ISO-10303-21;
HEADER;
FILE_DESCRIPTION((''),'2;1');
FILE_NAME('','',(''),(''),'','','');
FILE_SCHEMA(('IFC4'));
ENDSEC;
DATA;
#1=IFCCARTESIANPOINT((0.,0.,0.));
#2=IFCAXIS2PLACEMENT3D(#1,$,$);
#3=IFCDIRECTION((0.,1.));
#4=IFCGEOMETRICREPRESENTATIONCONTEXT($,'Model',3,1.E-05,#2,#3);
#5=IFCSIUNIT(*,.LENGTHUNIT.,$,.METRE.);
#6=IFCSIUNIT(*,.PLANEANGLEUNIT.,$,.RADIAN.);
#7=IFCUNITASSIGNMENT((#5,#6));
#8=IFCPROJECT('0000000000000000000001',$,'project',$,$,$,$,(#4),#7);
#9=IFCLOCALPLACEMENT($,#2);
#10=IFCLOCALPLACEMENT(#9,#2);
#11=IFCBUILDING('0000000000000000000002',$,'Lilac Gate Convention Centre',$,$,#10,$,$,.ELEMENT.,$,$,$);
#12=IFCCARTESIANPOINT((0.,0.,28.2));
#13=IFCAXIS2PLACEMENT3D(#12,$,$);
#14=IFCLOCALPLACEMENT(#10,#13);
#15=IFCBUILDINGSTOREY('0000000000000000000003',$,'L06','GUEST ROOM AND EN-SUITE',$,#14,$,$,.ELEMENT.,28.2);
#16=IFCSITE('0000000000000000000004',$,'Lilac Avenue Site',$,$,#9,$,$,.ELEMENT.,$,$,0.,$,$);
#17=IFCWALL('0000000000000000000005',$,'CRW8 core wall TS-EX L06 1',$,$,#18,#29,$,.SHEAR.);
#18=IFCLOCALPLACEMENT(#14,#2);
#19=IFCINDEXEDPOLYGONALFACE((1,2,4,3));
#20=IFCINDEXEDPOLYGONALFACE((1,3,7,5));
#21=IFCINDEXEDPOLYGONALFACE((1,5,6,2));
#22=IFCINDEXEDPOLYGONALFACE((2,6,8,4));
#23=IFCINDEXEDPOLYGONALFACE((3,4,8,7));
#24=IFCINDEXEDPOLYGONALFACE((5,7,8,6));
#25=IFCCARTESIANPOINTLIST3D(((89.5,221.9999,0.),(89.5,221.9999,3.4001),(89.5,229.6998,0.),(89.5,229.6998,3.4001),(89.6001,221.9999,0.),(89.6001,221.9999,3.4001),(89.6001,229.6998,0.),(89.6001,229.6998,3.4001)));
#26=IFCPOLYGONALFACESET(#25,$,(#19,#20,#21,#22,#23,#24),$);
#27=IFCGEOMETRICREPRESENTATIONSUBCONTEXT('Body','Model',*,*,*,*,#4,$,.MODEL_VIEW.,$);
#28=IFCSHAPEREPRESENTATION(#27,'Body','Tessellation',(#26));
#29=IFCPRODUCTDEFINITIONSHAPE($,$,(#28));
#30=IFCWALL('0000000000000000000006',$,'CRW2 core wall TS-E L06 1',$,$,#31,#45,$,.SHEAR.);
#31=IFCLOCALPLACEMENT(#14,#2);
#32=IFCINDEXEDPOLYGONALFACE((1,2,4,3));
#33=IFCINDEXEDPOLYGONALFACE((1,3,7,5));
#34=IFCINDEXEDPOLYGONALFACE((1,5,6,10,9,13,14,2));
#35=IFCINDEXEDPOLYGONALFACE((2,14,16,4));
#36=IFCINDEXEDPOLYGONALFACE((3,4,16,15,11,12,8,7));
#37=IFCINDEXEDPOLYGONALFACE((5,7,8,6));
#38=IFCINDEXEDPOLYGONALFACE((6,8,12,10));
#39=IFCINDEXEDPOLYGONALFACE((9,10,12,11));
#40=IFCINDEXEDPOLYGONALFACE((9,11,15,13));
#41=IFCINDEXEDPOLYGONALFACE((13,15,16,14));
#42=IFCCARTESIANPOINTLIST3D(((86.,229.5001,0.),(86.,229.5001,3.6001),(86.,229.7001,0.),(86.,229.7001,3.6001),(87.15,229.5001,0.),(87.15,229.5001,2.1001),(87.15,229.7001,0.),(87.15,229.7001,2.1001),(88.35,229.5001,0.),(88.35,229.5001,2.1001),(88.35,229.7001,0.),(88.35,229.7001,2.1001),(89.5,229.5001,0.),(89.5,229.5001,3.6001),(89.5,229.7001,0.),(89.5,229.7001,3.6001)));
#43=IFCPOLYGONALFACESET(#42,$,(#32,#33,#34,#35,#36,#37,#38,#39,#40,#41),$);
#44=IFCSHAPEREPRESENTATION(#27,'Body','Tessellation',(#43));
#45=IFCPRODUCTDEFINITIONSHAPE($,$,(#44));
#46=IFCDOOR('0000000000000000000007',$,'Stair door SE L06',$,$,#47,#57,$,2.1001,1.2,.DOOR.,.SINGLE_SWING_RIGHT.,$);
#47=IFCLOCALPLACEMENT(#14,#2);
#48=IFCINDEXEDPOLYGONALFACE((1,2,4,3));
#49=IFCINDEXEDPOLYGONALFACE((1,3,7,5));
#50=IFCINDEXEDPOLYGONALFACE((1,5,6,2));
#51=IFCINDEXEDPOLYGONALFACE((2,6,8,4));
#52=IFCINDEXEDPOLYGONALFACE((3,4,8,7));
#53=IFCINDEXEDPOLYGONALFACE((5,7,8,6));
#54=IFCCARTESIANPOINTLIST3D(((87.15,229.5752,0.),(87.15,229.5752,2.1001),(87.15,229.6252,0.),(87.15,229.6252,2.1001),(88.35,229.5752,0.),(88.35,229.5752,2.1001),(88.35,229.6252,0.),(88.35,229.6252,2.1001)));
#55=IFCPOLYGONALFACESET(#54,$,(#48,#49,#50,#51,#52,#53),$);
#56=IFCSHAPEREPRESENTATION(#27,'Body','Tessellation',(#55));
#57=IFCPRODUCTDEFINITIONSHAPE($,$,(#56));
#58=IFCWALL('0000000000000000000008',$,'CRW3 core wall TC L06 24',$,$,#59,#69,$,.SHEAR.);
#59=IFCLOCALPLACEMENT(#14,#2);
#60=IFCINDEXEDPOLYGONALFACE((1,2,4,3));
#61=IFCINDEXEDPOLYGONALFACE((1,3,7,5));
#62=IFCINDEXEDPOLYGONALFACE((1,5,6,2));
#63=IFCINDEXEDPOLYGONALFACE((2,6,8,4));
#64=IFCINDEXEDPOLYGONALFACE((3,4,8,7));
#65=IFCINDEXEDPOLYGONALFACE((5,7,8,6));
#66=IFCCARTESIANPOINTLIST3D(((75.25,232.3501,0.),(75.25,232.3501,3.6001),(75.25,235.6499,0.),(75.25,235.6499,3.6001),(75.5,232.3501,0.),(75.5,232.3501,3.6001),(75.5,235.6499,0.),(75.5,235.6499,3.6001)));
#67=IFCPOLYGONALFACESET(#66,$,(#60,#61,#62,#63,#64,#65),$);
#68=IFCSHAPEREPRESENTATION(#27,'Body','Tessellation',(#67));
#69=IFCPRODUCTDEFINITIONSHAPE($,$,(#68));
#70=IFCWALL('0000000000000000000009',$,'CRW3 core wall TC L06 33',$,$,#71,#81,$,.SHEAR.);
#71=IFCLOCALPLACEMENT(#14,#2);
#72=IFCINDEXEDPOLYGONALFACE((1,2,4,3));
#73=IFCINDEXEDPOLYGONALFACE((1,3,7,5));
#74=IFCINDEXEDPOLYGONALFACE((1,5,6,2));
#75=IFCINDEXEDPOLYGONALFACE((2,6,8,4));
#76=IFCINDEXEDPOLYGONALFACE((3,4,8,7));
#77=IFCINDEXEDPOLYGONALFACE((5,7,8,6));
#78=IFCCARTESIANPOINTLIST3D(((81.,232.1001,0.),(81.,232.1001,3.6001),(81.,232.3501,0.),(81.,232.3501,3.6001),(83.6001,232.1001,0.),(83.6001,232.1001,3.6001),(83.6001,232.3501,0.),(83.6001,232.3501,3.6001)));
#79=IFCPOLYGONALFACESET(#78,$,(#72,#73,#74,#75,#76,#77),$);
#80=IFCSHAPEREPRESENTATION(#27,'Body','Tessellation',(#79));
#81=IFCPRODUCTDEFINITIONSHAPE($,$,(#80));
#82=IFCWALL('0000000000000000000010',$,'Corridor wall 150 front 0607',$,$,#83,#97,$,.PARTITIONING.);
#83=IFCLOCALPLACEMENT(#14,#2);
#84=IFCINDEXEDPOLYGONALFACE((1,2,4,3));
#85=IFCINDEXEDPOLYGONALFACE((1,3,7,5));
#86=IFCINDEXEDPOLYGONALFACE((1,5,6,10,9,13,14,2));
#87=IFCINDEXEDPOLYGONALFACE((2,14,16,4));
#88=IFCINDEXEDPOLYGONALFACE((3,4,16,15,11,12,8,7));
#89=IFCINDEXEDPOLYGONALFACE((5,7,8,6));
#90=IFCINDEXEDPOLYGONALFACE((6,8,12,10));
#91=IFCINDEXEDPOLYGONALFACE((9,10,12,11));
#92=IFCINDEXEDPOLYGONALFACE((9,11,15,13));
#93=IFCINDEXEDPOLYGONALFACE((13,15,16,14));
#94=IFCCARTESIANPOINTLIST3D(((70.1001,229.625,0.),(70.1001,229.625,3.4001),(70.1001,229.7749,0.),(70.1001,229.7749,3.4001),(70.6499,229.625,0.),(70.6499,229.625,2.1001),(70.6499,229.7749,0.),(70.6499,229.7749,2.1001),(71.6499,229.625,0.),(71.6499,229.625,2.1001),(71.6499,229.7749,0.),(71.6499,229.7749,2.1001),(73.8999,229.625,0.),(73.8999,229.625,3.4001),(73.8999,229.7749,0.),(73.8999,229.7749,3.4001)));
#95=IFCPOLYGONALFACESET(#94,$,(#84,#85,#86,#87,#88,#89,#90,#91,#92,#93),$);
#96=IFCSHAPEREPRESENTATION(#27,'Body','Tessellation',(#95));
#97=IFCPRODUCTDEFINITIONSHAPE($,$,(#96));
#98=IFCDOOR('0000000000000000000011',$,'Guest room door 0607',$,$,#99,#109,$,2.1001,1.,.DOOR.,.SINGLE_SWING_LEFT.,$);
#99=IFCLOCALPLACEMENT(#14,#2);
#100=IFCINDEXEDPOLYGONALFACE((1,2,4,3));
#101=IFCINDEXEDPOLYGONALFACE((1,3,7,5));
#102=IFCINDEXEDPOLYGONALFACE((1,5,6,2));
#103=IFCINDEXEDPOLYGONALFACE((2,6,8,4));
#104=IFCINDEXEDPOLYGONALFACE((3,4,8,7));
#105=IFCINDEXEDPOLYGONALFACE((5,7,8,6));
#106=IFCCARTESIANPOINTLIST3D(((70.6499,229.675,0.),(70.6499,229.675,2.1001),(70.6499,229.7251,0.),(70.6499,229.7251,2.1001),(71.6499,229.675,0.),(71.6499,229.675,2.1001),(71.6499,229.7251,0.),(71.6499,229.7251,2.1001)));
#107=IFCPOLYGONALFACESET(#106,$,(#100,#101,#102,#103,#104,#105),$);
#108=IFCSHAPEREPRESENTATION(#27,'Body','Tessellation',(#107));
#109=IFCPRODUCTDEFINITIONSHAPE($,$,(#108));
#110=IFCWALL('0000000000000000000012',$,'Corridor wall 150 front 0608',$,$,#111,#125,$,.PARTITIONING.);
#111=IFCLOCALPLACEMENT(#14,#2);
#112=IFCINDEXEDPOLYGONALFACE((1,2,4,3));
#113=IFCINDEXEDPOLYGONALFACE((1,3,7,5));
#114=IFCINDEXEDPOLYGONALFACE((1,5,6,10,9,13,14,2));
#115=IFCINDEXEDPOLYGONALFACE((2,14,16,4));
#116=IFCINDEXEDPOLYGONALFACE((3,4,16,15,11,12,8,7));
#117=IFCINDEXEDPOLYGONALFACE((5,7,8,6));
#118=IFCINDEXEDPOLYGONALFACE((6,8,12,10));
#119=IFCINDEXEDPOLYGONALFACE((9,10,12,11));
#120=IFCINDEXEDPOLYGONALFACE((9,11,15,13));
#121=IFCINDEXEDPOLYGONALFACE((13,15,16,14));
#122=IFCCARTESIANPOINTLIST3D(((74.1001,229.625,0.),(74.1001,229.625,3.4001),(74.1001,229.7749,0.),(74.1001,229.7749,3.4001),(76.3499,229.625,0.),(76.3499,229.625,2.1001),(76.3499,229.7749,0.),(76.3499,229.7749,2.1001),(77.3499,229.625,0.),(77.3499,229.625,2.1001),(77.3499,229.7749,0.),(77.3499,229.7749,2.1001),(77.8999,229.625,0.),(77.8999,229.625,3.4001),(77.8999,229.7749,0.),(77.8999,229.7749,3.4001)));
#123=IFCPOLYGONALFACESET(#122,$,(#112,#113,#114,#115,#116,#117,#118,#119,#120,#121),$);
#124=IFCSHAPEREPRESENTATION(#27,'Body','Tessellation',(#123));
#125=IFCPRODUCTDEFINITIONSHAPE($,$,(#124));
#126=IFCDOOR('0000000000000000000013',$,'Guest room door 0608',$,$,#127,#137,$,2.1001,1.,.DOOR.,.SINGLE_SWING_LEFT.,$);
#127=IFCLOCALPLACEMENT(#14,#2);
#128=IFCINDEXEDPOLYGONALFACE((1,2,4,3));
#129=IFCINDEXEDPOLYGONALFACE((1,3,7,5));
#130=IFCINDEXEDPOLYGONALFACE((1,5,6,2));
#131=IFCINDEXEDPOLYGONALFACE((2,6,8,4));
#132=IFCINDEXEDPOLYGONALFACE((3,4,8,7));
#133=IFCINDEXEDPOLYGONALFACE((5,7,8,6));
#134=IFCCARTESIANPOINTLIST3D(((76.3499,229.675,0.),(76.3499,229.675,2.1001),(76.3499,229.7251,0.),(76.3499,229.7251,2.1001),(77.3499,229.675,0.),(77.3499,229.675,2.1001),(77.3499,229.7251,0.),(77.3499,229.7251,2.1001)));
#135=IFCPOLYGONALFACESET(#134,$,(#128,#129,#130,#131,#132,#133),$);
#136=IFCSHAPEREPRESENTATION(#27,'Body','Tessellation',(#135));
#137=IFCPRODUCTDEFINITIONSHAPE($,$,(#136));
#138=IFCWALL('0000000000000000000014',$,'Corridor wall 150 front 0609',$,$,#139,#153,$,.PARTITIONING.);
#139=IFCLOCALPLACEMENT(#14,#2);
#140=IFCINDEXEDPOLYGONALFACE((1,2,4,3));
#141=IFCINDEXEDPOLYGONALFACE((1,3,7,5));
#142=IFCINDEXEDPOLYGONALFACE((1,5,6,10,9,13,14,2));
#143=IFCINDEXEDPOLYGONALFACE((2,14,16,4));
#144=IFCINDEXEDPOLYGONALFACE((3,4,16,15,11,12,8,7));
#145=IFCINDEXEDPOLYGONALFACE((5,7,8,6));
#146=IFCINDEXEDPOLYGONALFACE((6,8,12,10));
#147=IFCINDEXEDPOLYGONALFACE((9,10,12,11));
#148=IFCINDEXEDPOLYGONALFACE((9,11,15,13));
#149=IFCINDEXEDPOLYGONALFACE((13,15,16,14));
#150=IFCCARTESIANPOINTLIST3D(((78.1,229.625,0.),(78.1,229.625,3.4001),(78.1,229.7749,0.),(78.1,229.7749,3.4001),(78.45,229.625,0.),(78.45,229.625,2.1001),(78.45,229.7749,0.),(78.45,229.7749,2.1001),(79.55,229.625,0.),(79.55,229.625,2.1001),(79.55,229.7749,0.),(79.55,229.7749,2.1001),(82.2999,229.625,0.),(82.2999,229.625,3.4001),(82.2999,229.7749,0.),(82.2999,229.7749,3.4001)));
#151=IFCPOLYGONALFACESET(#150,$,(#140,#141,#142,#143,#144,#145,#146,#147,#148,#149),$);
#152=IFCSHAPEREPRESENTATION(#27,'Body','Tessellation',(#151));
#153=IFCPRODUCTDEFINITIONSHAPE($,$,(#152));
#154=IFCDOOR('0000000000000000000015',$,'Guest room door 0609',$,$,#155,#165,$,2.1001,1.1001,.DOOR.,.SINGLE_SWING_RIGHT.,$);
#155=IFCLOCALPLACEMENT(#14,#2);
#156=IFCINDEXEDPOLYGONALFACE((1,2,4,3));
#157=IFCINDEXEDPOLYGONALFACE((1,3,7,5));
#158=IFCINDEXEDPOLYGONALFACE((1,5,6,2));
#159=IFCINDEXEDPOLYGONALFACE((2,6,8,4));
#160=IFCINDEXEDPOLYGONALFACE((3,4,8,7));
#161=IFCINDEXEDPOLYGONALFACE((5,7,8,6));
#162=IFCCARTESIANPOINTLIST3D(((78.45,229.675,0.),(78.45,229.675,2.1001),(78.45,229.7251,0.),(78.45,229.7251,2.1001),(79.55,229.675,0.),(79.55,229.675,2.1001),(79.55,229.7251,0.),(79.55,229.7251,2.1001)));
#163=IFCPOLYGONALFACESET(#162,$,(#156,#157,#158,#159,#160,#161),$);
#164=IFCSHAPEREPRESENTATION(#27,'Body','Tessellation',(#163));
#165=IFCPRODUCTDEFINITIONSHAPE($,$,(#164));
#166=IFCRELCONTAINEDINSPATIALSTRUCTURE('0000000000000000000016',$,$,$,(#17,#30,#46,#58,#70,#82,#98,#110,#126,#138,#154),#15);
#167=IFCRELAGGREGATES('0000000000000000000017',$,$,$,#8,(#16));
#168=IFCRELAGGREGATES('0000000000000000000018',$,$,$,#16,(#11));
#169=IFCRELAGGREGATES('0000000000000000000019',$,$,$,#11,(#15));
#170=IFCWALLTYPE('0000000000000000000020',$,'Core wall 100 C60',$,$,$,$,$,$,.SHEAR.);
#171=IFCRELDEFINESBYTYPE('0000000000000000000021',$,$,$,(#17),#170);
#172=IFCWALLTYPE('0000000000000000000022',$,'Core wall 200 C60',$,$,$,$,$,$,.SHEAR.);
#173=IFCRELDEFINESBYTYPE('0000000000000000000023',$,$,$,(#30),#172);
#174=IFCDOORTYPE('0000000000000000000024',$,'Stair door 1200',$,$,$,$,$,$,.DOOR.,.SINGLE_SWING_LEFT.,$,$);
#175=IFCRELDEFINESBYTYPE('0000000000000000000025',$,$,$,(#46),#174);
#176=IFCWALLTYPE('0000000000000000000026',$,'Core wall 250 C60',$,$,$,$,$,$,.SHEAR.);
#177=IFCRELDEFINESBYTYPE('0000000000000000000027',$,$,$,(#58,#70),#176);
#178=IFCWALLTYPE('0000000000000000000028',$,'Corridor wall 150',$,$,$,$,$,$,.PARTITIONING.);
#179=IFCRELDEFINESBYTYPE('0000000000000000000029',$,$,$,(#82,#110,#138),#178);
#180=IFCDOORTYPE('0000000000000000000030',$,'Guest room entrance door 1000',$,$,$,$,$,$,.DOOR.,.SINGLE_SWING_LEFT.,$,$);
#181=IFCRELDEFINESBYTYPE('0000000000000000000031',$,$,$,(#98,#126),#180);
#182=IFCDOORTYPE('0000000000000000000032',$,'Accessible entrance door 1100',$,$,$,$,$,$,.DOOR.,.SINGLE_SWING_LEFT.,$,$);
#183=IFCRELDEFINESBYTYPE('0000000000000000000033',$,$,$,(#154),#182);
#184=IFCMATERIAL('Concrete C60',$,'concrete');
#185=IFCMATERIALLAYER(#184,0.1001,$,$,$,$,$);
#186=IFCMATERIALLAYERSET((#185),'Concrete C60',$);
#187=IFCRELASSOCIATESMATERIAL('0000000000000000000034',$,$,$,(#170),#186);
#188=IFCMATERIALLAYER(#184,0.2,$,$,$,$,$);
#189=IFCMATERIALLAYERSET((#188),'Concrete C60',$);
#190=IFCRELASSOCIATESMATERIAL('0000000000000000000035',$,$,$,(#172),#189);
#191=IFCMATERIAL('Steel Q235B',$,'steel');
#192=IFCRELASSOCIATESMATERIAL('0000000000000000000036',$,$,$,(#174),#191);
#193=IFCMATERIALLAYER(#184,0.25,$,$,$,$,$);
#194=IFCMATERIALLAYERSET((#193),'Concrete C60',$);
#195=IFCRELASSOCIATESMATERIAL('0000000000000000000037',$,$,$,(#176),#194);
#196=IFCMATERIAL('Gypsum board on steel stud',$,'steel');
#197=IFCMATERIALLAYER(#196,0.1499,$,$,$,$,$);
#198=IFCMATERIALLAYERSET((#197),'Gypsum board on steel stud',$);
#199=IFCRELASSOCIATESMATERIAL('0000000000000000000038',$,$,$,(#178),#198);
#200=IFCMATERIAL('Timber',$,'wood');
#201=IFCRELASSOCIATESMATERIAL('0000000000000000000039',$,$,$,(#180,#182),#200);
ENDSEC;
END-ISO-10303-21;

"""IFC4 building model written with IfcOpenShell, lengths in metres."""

from ifc_helpers import new_model, si_unit, direction, frame, frame_2d, origin, place, context, subcontext, project, spatial, rectangle, extrude, material, layer, layer_set, type_object, element, fill, save


model = new_model("IFC4")

# Units and contexts
model_context = context("Model", 3, precision=1e-05, world=origin(), true_north=direction((0.0, 1.0)))
body_context = subcontext(model_context, "Body", "Model", "MODEL_VIEW")
ifc_project = project(units=[si_unit("LENGTHUNIT", "METRE"), si_unit("PLANEANGLEUNIT", "RADIAN")], contexts=[model_context])

# Site, building, storey
site_placement = place(None, origin())
site = spatial("IfcSite", under=ifc_project, at=site_placement, Name="Lilac Avenue Site", CompositionType="ELEMENT", RefElevation=0.0)
building_placement = place(site_placement, origin())
building = spatial("IfcBuilding", under=site, at=building_placement, Name="Lilac Gate Convention Centre", CompositionType="ELEMENT")
storey_placement = place(building_placement, frame((0.0, 0.0, 28.2)))
storey = spatial("IfcBuildingStorey", under=building, at=storey_placement, Name="L06", Description="GUEST ROOM AND EN-SUITE", CompositionType="ELEMENT", Elevation=28.2)

# Wall
ifc_material_1 = material(Name="Concrete C60", Category="concrete")
ifc_layer_1 = layer(ifc_material_1, 0.1001)
ifc_layer_set_1 = layer_set([ifc_layer_1], Name="Concrete C60")
wall_type_1 = type_object("IfcWallType", Name="Core wall 100 C60", PredefinedType="SHEAR", material=ifc_layer_set_1)
wall_1_placement = place(storey_placement, frame((89.55, 229.7, 0.0), z_axis=(0.0, 0.0, 1.0), x_axis=(0.0, -1.0, 0.0)))
element("IfcWall", 1, at=wall_1_placement, inside=storey, type_object=wall_type_1, Name="CRW8 core wall TS-EX L06 1", PredefinedType="SHEAR", context=body_context, shape_type="SweptSolid", body=[
    extrude(rectangle(XDim=7.7, YDim=0.1001, at=frame_2d((3.8501, 0.0))), origin(), (0.0, 0.0, 1.0), 3.4001),
])

# Wall, opening, door
ifc_layer_2 = layer(ifc_material_1, 0.2)
ifc_layer_set_2 = layer_set([ifc_layer_2], Name="Concrete C60")
wall_type_2 = type_object("IfcWallType", Name="Core wall 200 C60", PredefinedType="SHEAR", material=ifc_layer_set_2)
wall_2_placement = place(storey_placement, frame((89.5, 229.6001, 0.0), z_axis=(0.0, 0.0, 1.0), x_axis=(-1.0, 0.0, 0.0)))
wall_2 = element("IfcWall", 2, at=wall_2_placement, inside=storey, type_object=wall_type_2, Name="CRW2 core wall TS-E L06 1", PredefinedType="SHEAR", context=body_context, shape_type="SweptSolid", body=[
    extrude(rectangle(XDim=3.5, YDim=0.2, at=frame_2d((1.75, 0.0))), origin(), (0.0, 0.0, 1.0), 3.6001),
])
opening_1_placement = place(wall_2_placement, frame((1.1499, 0.0, 0.0)))
opening_1 = element("IfcOpeningElement", 3, at=opening_1_placement, cuts=wall_2, PredefinedType="OPENING", context=body_context, shape_type="SweptSolid", body=[
    extrude(rectangle(XDim=1.2, YDim=2.1001, at=frame_2d((0.6001, 1.05))), frame((0.0, 0.1099, 0.0), z_axis=(0.0, -1.0, 0.0), x_axis=(1.0, 0.0, 0.0)), (0.0, 0.0, 1.0), 0.22),
])
ifc_material_2 = material(Name="Steel Q235B", Category="steel")
door_type_1 = type_object("IfcDoorType", Name="Stair door 1200", OperationType="SINGLE_SWING_LEFT", PredefinedType="DOOR", material=ifc_material_2)
door_1_placement = place(opening_1_placement, origin())
door_1 = element("IfcDoor", 4, at=door_1_placement, inside=storey, type_object=door_type_1, Name="Stair door SE L06", OperationType="SINGLE_SWING_RIGHT", OverallHeight=2.1001, OverallWidth=1.2, PredefinedType="DOOR", context=body_context, shape_type="SweptSolid", body=[
    extrude(rectangle(XDim=1.2, YDim=2.1001, at=frame_2d((0.6001, 1.05))), frame((0.0, 0.0249, 0.0), z_axis=(0.0, -1.0, 0.0), x_axis=(1.0, 0.0, 0.0)), (0.0, 0.0, 1.0), 0.05),
])
fill(opening_1, door_1)

# Walls
ifc_layer_3 = layer(ifc_material_1, 0.25)
ifc_layer_set_3 = layer_set([ifc_layer_3], Name="Concrete C60")
wall_type_3 = type_object("IfcWallType", Name="Core wall 250 C60", PredefinedType="SHEAR", material=ifc_layer_set_3)
wall_3_placement = place(storey_placement, frame((75.375, 232.3501, 0.0), z_axis=(0.0, 0.0, 1.0), x_axis=(0.0, 1.0, 0.0)))
element("IfcWall", 5, at=wall_3_placement, inside=storey, type_object=wall_type_3, Name="CRW3 core wall TC L06 24", PredefinedType="SHEAR", context=body_context, shape_type="SweptSolid", body=[
    extrude(rectangle(XDim=3.2998, YDim=0.25, at=frame_2d((1.6499, 0.0))), origin(), (0.0, 0.0, 1.0), 3.6001),
])
wall_4_placement = place(storey_placement, frame((81.0, 232.2251, 0.0), z_axis=(0.0, 0.0, 1.0), x_axis=(1.0, 0.0, 0.0)))
element("IfcWall", 6, at=wall_4_placement, inside=storey, type_object=wall_type_3, Name="CRW3 core wall TC L06 33", PredefinedType="SHEAR", context=body_context, shape_type="SweptSolid", body=[
    extrude(rectangle(XDim=2.6001, YDim=0.25, at=frame_2d((1.3, 0.0))), origin(), (0.0, 0.0, 1.0), 3.6001),
])

# Walls, openings, doors
ifc_material_3 = material(Name="Gypsum board on steel stud", Category="steel")
ifc_layer_4 = layer(ifc_material_3, 0.1499)
ifc_layer_set_4 = layer_set([ifc_layer_4], Name="Gypsum board on steel stud")
wall_type_4 = type_object("IfcWallType", Name="Corridor wall 150", PredefinedType="PARTITIONING", material=ifc_layer_set_4)
wall_5_placement = place(storey_placement, frame((73.8999, 229.7, 0.0), z_axis=(0.0, 0.0, 1.0), x_axis=(-1.0, 0.0, 0.0)))
wall_5 = element("IfcWall", 7, at=wall_5_placement, inside=storey, type_object=wall_type_4, Name="Corridor wall 150 front 0607", PredefinedType="PARTITIONING", context=body_context, shape_type="SweptSolid", body=[
    extrude(rectangle(XDim=3.7998, YDim=0.1499, at=frame_2d((1.8999, 0.0))), origin(), (0.0, 0.0, 1.0), 3.4001),
])
opening_2_placement = place(wall_5_placement, frame((2.25, 0.0, 0.0)))
opening_2 = element("IfcOpeningElement", 8, at=opening_2_placement, cuts=wall_5, PredefinedType="OPENING", context=body_context, shape_type="SweptSolid", body=[
    extrude(rectangle(XDim=1.0, YDim=2.1001, at=frame_2d((0.5, 1.05))), frame((0.0, 0.085, 0.0), z_axis=(0.0, -1.0, 0.0), x_axis=(1.0, 0.0, 0.0)), (0.0, 0.0, 1.0), 0.1699),
])
ifc_material_4 = material(Name="Timber", Category="wood")
door_type_2 = type_object("IfcDoorType", Name="Guest room entrance door 1000", OperationType="SINGLE_SWING_LEFT", PredefinedType="DOOR", material=ifc_material_4)
door_2_placement = place(opening_2_placement, origin())
door_2 = element("IfcDoor", 9, at=door_2_placement, inside=storey, type_object=door_type_2, Name="Guest room door 0607", OperationType="SINGLE_SWING_LEFT", OverallHeight=2.1001, OverallWidth=1.0, PredefinedType="DOOR", context=body_context, shape_type="SweptSolid", body=[
    extrude(rectangle(XDim=1.0, YDim=2.1001, at=frame_2d((0.5, 1.05))), frame((0.0, 0.0249, 0.0), z_axis=(0.0, -1.0, 0.0), x_axis=(1.0, 0.0, 0.0)), (0.0, 0.0, 1.0), 0.05),
])
fill(opening_2, door_2)
wall_6_placement = place(storey_placement, frame((77.8999, 229.7, 0.0), z_axis=(0.0, 0.0, 1.0), x_axis=(-1.0, 0.0, 0.0)))
wall_6 = element("IfcWall", 10, at=wall_6_placement, inside=storey, type_object=wall_type_4, Name="Corridor wall 150 front 0608", PredefinedType="PARTITIONING", context=body_context, shape_type="SweptSolid", body=[
    extrude(rectangle(XDim=3.7998, YDim=0.1499, at=frame_2d((1.8999, 0.0))), origin(), (0.0, 0.0, 1.0), 3.4001),
])
opening_3_placement = place(wall_6_placement, frame((0.55, 0.0, 0.0)))
opening_3 = element("IfcOpeningElement", 11, at=opening_3_placement, cuts=wall_6, PredefinedType="OPENING", context=body_context, shape_type="SweptSolid", body=[
    extrude(rectangle(XDim=1.0, YDim=2.1001, at=frame_2d((0.5, 1.05))), frame((0.0, 0.085, 0.0), z_axis=(0.0, -1.0, 0.0), x_axis=(1.0, 0.0, 0.0)), (0.0, 0.0, 1.0), 0.1699),
])
door_3_placement = place(opening_3_placement, origin())
door_3 = element("IfcDoor", 12, at=door_3_placement, inside=storey, type_object=door_type_2, Name="Guest room door 0608", OperationType="SINGLE_SWING_LEFT", OverallHeight=2.1001, OverallWidth=1.0, PredefinedType="DOOR", context=body_context, shape_type="SweptSolid", body=[
    extrude(rectangle(XDim=1.0, YDim=2.1001, at=frame_2d((0.5, 1.05))), frame((0.0, 0.0249, 0.0), z_axis=(0.0, -1.0, 0.0), x_axis=(1.0, 0.0, 0.0)), (0.0, 0.0, 1.0), 0.05),
])
fill(opening_3, door_3)
wall_7_placement = place(storey_placement, frame((82.3, 229.7, 0.0), z_axis=(0.0, 0.0, 1.0), x_axis=(-1.0, 0.0, 0.0)))
wall_7 = element("IfcWall", 13, at=wall_7_placement, inside=storey, type_object=wall_type_4, Name="Corridor wall 150 front 0609", PredefinedType="PARTITIONING", context=body_context, shape_type="SweptSolid", body=[
    extrude(rectangle(XDim=4.2, YDim=0.1499, at=frame_2d((2.1001, 0.0))), origin(), (0.0, 0.0, 1.0), 3.4001),
])
opening_4_placement = place(wall_7_placement, frame((2.75, 0.0, 0.0)))
opening_4 = element("IfcOpeningElement", 14, at=opening_4_placement, cuts=wall_7, PredefinedType="OPENING", context=body_context, shape_type="SweptSolid", body=[
    extrude(rectangle(XDim=1.1001, YDim=2.1001, at=frame_2d((0.55, 1.05))), frame((0.0, 0.085, 0.0), z_axis=(0.0, -1.0, 0.0), x_axis=(1.0, 0.0, 0.0)), (0.0, 0.0, 1.0), 0.1699),
])
door_type_3 = type_object("IfcDoorType", Name="Accessible entrance door 1100", OperationType="SINGLE_SWING_LEFT", PredefinedType="DOOR", material=ifc_material_4)
door_4_placement = place(opening_4_placement, origin())
door_4 = element("IfcDoor", 15, at=door_4_placement, inside=storey, type_object=door_type_3, Name="Guest room door 0609", OperationType="SINGLE_SWING_RIGHT", OverallHeight=2.1001, OverallWidth=1.1001, PredefinedType="DOOR", context=body_context, shape_type="SweptSolid", body=[
    extrude(rectangle(XDim=1.1001, YDim=2.1001, at=frame_2d((0.55, 1.05))), frame((0.0, 0.0249, 0.0), z_axis=(0.0, -1.0, 0.0), x_axis=(1.0, 0.0, 0.0)), (0.0, 0.0, 1.0), 0.05),
])
fill(opening_4, door_4)

save(model, "model.ifc")
